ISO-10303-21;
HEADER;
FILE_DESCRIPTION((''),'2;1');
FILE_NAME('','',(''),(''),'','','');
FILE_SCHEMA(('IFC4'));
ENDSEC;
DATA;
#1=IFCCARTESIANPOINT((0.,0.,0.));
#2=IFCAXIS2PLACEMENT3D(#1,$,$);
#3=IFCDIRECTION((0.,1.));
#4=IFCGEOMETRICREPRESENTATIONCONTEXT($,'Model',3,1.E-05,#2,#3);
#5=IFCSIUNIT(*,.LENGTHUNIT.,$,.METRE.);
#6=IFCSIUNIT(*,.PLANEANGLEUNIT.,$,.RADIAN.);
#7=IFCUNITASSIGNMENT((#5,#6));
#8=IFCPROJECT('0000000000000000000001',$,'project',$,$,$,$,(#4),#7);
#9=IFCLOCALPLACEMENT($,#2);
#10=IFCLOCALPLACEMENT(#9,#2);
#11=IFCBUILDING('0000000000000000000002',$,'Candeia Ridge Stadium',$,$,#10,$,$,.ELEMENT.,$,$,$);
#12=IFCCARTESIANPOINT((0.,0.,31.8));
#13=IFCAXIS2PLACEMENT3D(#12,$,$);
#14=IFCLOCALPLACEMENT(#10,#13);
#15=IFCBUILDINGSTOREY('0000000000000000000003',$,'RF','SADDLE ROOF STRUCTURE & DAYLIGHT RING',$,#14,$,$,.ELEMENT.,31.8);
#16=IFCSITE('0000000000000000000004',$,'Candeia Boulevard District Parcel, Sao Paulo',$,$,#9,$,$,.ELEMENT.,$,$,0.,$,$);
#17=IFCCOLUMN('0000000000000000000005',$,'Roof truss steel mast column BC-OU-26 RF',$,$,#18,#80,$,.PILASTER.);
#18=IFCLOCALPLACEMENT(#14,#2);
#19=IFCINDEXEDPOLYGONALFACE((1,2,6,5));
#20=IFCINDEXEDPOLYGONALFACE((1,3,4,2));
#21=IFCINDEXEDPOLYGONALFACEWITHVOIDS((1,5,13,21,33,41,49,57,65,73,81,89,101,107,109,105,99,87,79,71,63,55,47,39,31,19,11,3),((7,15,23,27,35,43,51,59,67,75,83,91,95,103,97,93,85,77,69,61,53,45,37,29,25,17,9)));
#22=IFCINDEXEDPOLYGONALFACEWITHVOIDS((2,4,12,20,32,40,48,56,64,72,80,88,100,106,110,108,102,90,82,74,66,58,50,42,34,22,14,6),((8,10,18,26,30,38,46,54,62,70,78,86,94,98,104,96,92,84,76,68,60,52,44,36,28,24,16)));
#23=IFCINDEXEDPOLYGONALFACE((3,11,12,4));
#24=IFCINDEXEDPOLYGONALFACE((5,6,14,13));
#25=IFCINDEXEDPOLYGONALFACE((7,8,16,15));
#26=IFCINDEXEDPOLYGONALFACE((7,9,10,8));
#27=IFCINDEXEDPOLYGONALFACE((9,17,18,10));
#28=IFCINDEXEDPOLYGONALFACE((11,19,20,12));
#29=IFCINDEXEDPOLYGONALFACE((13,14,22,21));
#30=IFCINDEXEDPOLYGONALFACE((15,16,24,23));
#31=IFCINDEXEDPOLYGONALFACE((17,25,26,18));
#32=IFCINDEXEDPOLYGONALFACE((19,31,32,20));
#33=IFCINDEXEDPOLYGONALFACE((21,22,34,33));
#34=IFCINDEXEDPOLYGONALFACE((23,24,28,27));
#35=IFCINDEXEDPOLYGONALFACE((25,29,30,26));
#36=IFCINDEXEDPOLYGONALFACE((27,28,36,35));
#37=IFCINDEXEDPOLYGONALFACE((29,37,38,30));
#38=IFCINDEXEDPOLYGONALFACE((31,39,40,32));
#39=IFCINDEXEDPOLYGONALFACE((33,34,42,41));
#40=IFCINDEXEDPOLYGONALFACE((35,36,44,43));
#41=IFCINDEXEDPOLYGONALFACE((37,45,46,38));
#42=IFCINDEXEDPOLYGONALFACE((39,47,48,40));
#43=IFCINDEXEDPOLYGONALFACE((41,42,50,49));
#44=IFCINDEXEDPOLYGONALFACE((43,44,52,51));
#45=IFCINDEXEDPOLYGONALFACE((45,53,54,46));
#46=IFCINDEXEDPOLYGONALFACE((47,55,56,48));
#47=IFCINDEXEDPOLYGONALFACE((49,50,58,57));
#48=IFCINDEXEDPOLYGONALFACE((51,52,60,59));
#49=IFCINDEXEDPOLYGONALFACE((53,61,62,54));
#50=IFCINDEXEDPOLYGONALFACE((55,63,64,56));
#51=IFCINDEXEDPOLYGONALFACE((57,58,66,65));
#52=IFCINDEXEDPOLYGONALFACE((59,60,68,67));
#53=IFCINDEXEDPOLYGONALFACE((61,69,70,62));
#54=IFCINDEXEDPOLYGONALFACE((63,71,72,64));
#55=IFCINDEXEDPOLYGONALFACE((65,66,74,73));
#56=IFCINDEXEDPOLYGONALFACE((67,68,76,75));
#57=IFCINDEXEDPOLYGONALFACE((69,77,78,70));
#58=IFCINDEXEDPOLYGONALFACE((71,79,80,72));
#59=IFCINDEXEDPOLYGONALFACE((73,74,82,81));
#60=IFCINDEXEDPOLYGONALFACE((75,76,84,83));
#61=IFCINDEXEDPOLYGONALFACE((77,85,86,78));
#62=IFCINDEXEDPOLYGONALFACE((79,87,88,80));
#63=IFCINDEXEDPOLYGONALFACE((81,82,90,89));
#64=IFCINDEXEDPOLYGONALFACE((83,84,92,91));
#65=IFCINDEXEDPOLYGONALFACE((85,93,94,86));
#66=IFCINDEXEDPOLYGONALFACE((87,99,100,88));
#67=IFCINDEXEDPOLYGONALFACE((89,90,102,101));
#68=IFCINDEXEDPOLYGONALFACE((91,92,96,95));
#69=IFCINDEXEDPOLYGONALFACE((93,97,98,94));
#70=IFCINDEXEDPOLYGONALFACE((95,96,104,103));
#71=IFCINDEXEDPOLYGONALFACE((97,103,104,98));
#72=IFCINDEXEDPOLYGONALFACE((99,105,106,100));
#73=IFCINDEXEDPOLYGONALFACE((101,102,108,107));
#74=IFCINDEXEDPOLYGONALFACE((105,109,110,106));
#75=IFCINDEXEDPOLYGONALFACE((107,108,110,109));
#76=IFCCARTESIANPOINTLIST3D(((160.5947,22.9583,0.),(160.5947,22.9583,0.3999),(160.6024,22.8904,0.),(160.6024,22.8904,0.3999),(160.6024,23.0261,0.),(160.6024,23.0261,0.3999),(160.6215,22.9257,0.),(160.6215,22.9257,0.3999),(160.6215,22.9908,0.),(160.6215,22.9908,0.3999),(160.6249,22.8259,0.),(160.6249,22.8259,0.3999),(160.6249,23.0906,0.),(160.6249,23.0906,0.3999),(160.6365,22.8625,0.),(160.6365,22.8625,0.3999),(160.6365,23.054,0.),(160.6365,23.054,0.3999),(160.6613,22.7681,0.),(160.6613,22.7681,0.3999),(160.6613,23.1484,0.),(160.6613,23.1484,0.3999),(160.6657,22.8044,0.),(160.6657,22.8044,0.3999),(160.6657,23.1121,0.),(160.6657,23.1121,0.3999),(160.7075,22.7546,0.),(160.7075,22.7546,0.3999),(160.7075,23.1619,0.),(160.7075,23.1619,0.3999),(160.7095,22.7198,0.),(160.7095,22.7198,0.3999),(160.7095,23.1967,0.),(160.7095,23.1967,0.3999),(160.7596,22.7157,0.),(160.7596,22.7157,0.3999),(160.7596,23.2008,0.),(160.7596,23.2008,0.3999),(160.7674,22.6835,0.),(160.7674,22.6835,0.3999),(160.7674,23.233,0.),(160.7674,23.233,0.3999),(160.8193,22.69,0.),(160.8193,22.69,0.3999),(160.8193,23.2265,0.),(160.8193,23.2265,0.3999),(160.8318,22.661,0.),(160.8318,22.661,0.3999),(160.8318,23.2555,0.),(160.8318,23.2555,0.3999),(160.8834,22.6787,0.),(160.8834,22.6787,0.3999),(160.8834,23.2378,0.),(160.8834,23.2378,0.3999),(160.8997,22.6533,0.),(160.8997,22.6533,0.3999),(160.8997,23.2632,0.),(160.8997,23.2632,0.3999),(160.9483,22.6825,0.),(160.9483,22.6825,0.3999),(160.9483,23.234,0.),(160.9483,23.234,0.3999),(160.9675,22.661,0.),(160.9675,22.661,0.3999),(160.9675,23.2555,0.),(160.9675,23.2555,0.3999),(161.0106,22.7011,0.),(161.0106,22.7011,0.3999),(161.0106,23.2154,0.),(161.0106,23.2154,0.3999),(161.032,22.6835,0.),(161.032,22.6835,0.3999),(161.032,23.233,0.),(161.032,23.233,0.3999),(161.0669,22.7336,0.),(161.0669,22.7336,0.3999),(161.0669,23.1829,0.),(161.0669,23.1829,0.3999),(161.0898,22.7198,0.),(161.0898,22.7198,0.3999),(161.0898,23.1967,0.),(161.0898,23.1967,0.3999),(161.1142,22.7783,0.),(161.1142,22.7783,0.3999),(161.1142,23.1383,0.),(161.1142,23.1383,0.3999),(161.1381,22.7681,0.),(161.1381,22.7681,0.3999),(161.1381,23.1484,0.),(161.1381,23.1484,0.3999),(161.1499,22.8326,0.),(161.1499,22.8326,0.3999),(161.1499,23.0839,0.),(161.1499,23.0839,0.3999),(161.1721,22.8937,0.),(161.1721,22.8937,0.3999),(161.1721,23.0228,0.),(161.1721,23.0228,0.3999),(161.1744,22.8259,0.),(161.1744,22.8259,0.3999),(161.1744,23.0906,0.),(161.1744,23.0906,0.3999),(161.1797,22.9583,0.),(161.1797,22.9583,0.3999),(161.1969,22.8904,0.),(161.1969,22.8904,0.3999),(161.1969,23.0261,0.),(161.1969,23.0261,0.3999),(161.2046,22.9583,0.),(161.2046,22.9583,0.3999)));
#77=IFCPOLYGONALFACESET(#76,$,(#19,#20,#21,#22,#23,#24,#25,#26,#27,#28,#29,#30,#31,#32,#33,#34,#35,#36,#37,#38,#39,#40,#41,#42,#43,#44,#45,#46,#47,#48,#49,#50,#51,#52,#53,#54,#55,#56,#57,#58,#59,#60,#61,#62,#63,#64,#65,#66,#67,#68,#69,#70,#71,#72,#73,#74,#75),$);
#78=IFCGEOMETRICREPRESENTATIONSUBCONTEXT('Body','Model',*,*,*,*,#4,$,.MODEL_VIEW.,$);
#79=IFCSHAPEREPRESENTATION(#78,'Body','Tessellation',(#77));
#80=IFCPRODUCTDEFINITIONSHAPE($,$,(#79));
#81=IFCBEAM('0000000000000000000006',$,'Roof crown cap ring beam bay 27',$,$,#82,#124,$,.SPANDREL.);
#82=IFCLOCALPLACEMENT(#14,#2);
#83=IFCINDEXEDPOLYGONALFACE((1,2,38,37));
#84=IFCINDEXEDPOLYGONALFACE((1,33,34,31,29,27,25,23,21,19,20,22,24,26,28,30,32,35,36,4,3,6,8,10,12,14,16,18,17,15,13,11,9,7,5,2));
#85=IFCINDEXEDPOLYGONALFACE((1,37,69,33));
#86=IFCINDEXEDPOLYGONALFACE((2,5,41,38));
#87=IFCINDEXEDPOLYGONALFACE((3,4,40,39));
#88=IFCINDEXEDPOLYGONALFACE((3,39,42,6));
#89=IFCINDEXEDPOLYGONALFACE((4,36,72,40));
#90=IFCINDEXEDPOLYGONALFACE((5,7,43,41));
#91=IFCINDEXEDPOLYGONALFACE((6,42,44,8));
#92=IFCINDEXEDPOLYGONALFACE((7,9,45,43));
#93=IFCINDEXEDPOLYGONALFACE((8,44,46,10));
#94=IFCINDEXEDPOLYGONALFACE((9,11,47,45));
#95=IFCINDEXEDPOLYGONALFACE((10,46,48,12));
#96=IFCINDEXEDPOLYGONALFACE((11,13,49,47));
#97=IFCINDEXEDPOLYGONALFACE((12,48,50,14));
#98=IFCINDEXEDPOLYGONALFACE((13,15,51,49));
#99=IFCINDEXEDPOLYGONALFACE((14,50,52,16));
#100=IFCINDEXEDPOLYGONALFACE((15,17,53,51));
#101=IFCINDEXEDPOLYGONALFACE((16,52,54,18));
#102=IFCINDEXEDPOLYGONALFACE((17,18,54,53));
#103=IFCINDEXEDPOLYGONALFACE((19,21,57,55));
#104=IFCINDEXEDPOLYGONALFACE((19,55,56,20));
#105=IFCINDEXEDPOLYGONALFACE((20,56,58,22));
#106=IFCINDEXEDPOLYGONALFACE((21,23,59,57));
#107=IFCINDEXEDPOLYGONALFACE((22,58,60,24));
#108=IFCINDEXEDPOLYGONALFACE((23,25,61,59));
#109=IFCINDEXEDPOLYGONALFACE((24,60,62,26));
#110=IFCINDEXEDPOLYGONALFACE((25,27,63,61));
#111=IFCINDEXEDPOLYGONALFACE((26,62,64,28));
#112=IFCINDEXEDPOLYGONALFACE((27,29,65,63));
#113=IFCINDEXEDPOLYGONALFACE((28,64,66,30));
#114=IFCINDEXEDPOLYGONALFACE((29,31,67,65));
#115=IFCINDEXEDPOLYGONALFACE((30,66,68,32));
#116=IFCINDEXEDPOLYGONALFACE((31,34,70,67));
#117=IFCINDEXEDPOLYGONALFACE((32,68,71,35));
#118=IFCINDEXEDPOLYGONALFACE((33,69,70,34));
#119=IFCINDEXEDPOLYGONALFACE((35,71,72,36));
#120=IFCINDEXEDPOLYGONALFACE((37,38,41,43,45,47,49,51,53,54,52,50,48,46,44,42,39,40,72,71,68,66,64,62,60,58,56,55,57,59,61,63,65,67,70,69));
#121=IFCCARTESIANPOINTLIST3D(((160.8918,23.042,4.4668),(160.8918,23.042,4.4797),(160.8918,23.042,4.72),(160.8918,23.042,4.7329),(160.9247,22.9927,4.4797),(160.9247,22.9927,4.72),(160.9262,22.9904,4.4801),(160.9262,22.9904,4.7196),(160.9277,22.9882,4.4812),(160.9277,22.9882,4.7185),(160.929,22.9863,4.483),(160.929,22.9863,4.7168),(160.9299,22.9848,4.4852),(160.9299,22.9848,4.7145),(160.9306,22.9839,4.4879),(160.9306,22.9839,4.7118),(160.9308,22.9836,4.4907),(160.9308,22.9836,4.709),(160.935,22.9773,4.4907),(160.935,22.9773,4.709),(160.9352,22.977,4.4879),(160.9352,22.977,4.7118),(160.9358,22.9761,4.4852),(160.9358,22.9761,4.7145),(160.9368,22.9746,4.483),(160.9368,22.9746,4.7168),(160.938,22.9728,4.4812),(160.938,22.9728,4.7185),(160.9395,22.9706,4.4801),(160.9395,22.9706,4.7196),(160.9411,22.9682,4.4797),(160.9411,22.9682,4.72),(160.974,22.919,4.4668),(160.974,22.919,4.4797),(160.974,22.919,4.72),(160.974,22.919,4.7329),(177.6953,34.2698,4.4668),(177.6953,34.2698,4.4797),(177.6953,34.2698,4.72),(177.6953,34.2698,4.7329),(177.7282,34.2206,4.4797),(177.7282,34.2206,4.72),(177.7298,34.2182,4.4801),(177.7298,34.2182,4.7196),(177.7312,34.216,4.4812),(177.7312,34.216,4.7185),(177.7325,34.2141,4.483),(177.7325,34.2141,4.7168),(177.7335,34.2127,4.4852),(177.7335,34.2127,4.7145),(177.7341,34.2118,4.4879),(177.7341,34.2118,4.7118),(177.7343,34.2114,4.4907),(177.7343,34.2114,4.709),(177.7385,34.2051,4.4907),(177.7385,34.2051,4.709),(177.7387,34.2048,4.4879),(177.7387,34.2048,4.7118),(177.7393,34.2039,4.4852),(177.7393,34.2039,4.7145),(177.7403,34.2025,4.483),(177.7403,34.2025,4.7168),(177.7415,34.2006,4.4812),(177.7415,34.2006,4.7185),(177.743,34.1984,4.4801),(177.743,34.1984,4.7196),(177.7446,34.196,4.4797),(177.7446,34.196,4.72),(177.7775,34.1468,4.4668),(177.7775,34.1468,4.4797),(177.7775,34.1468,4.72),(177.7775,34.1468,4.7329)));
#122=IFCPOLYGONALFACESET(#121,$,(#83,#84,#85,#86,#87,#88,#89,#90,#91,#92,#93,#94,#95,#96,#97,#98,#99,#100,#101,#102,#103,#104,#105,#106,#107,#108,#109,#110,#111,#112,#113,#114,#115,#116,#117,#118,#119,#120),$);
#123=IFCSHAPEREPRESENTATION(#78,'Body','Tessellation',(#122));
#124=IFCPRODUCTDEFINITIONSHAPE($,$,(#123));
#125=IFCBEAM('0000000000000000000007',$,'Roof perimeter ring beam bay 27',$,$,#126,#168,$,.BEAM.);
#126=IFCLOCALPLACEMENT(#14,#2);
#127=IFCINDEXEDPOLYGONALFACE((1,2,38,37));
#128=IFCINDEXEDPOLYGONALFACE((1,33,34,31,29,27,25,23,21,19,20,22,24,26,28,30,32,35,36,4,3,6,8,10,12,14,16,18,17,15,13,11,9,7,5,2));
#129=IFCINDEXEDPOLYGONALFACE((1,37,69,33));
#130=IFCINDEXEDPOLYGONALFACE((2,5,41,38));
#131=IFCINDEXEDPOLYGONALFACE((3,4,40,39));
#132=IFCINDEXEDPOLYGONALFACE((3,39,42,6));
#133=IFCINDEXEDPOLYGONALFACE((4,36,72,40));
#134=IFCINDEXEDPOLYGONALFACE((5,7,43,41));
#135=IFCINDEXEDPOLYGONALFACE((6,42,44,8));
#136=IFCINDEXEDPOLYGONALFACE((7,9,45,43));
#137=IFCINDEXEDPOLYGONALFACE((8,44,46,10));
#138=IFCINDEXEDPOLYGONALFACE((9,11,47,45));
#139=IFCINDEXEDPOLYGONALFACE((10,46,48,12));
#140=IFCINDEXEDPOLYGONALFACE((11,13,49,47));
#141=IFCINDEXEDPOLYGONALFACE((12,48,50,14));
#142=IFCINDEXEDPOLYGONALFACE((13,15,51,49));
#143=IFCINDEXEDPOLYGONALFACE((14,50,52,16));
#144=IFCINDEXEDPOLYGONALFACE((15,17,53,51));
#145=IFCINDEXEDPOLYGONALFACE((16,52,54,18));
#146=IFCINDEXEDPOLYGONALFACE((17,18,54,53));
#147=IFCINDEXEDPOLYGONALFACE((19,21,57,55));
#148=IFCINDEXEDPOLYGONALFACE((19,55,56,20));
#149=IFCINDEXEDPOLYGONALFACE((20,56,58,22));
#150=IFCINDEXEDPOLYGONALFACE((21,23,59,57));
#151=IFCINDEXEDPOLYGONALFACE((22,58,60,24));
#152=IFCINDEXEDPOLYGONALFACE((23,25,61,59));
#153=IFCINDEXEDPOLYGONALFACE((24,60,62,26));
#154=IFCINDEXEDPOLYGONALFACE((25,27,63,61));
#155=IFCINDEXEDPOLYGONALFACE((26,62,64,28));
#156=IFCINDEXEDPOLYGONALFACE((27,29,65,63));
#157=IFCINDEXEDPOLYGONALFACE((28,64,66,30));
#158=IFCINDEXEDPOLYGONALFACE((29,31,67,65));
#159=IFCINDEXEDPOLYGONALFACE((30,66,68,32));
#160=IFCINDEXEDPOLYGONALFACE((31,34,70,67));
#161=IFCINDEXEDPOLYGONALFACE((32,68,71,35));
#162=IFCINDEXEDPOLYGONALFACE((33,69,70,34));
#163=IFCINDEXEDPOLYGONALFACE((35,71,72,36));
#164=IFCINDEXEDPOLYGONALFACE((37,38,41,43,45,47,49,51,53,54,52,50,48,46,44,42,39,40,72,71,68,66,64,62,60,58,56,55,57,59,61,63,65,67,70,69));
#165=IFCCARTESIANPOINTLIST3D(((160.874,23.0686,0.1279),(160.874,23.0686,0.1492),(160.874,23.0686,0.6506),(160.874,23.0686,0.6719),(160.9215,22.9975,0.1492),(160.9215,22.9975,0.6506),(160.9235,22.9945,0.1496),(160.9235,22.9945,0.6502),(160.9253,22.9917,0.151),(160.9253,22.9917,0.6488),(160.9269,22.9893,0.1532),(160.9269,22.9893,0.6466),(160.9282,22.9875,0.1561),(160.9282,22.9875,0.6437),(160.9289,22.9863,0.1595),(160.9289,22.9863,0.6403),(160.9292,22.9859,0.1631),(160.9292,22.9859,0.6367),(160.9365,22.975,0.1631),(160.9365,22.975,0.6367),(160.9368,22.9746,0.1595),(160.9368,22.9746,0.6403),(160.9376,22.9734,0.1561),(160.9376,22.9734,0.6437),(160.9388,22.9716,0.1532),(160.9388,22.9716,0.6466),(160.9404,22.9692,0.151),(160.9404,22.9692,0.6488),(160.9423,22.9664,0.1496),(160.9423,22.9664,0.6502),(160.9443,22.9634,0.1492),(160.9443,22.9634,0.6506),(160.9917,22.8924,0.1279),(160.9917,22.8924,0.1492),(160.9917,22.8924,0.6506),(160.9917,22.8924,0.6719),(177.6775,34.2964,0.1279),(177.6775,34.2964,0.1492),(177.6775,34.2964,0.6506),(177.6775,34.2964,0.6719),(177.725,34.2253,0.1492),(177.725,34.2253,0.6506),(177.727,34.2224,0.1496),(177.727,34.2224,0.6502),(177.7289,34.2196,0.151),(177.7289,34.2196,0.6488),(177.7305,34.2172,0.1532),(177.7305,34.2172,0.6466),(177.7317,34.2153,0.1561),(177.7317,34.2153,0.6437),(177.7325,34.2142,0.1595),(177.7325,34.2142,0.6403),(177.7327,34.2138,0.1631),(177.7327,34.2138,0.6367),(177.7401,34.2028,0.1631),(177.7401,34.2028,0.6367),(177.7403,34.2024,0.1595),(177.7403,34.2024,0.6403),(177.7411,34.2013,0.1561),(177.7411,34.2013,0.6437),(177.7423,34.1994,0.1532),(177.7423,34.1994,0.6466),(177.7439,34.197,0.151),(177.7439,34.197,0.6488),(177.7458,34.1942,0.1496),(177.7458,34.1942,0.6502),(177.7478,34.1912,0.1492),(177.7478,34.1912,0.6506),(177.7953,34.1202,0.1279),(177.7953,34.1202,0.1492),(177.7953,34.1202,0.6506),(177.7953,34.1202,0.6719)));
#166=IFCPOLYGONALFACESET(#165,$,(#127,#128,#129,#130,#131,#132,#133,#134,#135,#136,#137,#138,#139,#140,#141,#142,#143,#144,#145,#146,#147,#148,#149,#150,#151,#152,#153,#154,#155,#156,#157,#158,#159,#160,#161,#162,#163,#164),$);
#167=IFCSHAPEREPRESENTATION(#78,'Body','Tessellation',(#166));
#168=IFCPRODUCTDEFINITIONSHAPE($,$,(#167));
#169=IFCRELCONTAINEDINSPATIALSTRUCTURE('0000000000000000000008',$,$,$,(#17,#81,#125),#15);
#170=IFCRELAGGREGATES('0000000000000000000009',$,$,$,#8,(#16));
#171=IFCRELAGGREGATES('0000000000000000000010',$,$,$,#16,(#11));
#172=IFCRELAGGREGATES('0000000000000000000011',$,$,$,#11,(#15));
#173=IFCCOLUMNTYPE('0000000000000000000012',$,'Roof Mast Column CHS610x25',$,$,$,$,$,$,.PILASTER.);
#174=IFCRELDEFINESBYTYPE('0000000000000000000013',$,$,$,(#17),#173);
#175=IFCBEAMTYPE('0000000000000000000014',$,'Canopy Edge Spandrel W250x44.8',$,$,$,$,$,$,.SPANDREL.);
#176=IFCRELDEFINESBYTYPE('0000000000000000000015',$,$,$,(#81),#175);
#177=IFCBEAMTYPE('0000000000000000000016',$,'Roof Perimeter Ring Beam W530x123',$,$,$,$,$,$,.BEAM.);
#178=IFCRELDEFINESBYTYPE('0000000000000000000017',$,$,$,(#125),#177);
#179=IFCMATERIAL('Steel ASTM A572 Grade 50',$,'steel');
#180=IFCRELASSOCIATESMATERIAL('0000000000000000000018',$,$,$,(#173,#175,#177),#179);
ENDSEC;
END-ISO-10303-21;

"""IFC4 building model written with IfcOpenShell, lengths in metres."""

from ifc_helpers import new_model, si_unit, direction, frame, origin, origin_2d, place, context, subcontext, project, spatial, hollow_circle, i_section, extrude, material, material_profile, profile_set, type_object, element, save


model = new_model("IFC4")

# Units and contexts
model_context = context("Model", 3, precision=1e-05, world=origin(), true_north=direction((0.0, 1.0)))
body_context = subcontext(model_context, "Body", "Model", "MODEL_VIEW")
ifc_project = project(units=[si_unit("LENGTHUNIT", "METRE"), si_unit("PLANEANGLEUNIT", "RADIAN")], contexts=[model_context])

# Site, building, storey
site_placement = place(None, origin())
site = spatial("IfcSite", under=ifc_project, at=site_placement, Name="Candeia Boulevard District Parcel, Sao Paulo", CompositionType="ELEMENT", RefElevation=0.0)
building_placement = place(site_placement, origin())
building = spatial("IfcBuilding", under=site, at=building_placement, Name="Candeia Ridge Stadium", CompositionType="ELEMENT")
storey_placement = place(building_placement, frame((0.0, 0.0, 31.8)))
storey = spatial("IfcBuildingStorey", under=building, at=storey_placement, Name="RF", Description="SADDLE ROOF STRUCTURE & DAYLIGHT RING", CompositionType="ELEMENT", Elevation=31.8)

# Column
ifc_material_1 = material(Name="Steel ASTM A572 Grade 50", Category="steel")
ifc_material_profile_1 = material_profile(ifc_material_1, hollow_circle(Radius=0.3049, WallThickness=0.0249, at=origin_2d()), Name="CHS610x25", Category="steel")
ifc_profile_set_1 = profile_set([ifc_material_profile_1], Name="Steel ASTM A572 Grade 50")
column_type = type_object("IfcColumnType", Name="Roof Mast Column CHS610x25", PredefinedType="PILASTER", material=ifc_profile_set_1)
column_placement = place(storey_placement, frame((160.8997, 22.9583, 0.0), z_axis=(0.0, 0.0, 1.0), x_axis=(1.0, 0.0, 0.0)))
element("IfcColumn", 1, at=column_placement, inside=storey, type_object=column_type, Name="Roof truss steel mast column BC-OU-26 RF", PredefinedType="PILASTER", context=body_context, shape_type="SweptSolid", body=[
    extrude(hollow_circle(Radius=0.3049, WallThickness=0.0249, at=origin_2d()), origin(), (0.0, 0.0, 1.0), 0.3999),
])

# Beams
ifc_material_profile_2 = material_profile(ifc_material_1, i_section(OverallWidth=0.1479, OverallDepth=0.2661, WebThickness=0.0076, FlangeThickness=0.0129, FilletRadius=0.011, at=origin_2d()), Name="W250x44.8", Category="steel")
ifc_profile_set_2 = profile_set([ifc_material_profile_2], Name="Steel ASTM A572 Grade 50")
beam_type_1 = type_object("IfcBeamType", Name="Canopy Edge Spandrel W250x44.8", PredefinedType="SPANDREL", material=ifc_profile_set_2)
beam_1_placement = place(storey_placement, frame((160.9329, 22.9805, 4.5999), z_axis=(0.831468, 0.555572, 0.0), x_axis=(-0.555572, 0.831468, 0.0)))
element("IfcBeam", 2, at=beam_1_placement, inside=storey, type_object=beam_type_1, Name="Roof crown cap ring beam bay 27", PredefinedType="SPANDREL", context=body_context, shape_type="SweptSolid", body=[
    extrude(i_section(OverallWidth=0.1479, OverallDepth=0.2661, WebThickness=0.0076, FlangeThickness=0.0129, FilletRadius=0.011, at=origin_2d()), origin(), (0.0, 0.0, 1.0), 20.2095),
])
ifc_material_profile_3 = material_profile(ifc_material_1, i_section(OverallWidth=0.2119, OverallDepth=0.5439, WebThickness=0.0132, FlangeThickness=0.0212, FilletRadius=0.0139, at=origin_2d()), Name="W530x123", Category="steel")
ifc_profile_set_3 = profile_set([ifc_material_profile_3], Name="Steel ASTM A572 Grade 50")
beam_type_2 = type_object("IfcBeamType", Name="Roof Perimeter Ring Beam W530x123", PredefinedType="BEAM", material=ifc_profile_set_3)
beam_2_placement = place(storey_placement, frame((160.9329, 22.9805, 0.3999), z_axis=(0.831468, 0.555572, 0.0), x_axis=(-0.555572, 0.831468, 0.0)))
element("IfcBeam", 3, at=beam_2_placement, inside=storey, type_object=beam_type_2, Name="Roof perimeter ring beam bay 27", PredefinedType="BEAM", context=body_context, shape_type="SweptSolid", body=[
    extrude(i_section(OverallWidth=0.2119, OverallDepth=0.5439, WebThickness=0.0132, FlangeThickness=0.0212, FilletRadius=0.0139, at=origin_2d()), origin(), (0.0, 0.0, 1.0), 20.2095),
])

save(model, "model.ifc")
